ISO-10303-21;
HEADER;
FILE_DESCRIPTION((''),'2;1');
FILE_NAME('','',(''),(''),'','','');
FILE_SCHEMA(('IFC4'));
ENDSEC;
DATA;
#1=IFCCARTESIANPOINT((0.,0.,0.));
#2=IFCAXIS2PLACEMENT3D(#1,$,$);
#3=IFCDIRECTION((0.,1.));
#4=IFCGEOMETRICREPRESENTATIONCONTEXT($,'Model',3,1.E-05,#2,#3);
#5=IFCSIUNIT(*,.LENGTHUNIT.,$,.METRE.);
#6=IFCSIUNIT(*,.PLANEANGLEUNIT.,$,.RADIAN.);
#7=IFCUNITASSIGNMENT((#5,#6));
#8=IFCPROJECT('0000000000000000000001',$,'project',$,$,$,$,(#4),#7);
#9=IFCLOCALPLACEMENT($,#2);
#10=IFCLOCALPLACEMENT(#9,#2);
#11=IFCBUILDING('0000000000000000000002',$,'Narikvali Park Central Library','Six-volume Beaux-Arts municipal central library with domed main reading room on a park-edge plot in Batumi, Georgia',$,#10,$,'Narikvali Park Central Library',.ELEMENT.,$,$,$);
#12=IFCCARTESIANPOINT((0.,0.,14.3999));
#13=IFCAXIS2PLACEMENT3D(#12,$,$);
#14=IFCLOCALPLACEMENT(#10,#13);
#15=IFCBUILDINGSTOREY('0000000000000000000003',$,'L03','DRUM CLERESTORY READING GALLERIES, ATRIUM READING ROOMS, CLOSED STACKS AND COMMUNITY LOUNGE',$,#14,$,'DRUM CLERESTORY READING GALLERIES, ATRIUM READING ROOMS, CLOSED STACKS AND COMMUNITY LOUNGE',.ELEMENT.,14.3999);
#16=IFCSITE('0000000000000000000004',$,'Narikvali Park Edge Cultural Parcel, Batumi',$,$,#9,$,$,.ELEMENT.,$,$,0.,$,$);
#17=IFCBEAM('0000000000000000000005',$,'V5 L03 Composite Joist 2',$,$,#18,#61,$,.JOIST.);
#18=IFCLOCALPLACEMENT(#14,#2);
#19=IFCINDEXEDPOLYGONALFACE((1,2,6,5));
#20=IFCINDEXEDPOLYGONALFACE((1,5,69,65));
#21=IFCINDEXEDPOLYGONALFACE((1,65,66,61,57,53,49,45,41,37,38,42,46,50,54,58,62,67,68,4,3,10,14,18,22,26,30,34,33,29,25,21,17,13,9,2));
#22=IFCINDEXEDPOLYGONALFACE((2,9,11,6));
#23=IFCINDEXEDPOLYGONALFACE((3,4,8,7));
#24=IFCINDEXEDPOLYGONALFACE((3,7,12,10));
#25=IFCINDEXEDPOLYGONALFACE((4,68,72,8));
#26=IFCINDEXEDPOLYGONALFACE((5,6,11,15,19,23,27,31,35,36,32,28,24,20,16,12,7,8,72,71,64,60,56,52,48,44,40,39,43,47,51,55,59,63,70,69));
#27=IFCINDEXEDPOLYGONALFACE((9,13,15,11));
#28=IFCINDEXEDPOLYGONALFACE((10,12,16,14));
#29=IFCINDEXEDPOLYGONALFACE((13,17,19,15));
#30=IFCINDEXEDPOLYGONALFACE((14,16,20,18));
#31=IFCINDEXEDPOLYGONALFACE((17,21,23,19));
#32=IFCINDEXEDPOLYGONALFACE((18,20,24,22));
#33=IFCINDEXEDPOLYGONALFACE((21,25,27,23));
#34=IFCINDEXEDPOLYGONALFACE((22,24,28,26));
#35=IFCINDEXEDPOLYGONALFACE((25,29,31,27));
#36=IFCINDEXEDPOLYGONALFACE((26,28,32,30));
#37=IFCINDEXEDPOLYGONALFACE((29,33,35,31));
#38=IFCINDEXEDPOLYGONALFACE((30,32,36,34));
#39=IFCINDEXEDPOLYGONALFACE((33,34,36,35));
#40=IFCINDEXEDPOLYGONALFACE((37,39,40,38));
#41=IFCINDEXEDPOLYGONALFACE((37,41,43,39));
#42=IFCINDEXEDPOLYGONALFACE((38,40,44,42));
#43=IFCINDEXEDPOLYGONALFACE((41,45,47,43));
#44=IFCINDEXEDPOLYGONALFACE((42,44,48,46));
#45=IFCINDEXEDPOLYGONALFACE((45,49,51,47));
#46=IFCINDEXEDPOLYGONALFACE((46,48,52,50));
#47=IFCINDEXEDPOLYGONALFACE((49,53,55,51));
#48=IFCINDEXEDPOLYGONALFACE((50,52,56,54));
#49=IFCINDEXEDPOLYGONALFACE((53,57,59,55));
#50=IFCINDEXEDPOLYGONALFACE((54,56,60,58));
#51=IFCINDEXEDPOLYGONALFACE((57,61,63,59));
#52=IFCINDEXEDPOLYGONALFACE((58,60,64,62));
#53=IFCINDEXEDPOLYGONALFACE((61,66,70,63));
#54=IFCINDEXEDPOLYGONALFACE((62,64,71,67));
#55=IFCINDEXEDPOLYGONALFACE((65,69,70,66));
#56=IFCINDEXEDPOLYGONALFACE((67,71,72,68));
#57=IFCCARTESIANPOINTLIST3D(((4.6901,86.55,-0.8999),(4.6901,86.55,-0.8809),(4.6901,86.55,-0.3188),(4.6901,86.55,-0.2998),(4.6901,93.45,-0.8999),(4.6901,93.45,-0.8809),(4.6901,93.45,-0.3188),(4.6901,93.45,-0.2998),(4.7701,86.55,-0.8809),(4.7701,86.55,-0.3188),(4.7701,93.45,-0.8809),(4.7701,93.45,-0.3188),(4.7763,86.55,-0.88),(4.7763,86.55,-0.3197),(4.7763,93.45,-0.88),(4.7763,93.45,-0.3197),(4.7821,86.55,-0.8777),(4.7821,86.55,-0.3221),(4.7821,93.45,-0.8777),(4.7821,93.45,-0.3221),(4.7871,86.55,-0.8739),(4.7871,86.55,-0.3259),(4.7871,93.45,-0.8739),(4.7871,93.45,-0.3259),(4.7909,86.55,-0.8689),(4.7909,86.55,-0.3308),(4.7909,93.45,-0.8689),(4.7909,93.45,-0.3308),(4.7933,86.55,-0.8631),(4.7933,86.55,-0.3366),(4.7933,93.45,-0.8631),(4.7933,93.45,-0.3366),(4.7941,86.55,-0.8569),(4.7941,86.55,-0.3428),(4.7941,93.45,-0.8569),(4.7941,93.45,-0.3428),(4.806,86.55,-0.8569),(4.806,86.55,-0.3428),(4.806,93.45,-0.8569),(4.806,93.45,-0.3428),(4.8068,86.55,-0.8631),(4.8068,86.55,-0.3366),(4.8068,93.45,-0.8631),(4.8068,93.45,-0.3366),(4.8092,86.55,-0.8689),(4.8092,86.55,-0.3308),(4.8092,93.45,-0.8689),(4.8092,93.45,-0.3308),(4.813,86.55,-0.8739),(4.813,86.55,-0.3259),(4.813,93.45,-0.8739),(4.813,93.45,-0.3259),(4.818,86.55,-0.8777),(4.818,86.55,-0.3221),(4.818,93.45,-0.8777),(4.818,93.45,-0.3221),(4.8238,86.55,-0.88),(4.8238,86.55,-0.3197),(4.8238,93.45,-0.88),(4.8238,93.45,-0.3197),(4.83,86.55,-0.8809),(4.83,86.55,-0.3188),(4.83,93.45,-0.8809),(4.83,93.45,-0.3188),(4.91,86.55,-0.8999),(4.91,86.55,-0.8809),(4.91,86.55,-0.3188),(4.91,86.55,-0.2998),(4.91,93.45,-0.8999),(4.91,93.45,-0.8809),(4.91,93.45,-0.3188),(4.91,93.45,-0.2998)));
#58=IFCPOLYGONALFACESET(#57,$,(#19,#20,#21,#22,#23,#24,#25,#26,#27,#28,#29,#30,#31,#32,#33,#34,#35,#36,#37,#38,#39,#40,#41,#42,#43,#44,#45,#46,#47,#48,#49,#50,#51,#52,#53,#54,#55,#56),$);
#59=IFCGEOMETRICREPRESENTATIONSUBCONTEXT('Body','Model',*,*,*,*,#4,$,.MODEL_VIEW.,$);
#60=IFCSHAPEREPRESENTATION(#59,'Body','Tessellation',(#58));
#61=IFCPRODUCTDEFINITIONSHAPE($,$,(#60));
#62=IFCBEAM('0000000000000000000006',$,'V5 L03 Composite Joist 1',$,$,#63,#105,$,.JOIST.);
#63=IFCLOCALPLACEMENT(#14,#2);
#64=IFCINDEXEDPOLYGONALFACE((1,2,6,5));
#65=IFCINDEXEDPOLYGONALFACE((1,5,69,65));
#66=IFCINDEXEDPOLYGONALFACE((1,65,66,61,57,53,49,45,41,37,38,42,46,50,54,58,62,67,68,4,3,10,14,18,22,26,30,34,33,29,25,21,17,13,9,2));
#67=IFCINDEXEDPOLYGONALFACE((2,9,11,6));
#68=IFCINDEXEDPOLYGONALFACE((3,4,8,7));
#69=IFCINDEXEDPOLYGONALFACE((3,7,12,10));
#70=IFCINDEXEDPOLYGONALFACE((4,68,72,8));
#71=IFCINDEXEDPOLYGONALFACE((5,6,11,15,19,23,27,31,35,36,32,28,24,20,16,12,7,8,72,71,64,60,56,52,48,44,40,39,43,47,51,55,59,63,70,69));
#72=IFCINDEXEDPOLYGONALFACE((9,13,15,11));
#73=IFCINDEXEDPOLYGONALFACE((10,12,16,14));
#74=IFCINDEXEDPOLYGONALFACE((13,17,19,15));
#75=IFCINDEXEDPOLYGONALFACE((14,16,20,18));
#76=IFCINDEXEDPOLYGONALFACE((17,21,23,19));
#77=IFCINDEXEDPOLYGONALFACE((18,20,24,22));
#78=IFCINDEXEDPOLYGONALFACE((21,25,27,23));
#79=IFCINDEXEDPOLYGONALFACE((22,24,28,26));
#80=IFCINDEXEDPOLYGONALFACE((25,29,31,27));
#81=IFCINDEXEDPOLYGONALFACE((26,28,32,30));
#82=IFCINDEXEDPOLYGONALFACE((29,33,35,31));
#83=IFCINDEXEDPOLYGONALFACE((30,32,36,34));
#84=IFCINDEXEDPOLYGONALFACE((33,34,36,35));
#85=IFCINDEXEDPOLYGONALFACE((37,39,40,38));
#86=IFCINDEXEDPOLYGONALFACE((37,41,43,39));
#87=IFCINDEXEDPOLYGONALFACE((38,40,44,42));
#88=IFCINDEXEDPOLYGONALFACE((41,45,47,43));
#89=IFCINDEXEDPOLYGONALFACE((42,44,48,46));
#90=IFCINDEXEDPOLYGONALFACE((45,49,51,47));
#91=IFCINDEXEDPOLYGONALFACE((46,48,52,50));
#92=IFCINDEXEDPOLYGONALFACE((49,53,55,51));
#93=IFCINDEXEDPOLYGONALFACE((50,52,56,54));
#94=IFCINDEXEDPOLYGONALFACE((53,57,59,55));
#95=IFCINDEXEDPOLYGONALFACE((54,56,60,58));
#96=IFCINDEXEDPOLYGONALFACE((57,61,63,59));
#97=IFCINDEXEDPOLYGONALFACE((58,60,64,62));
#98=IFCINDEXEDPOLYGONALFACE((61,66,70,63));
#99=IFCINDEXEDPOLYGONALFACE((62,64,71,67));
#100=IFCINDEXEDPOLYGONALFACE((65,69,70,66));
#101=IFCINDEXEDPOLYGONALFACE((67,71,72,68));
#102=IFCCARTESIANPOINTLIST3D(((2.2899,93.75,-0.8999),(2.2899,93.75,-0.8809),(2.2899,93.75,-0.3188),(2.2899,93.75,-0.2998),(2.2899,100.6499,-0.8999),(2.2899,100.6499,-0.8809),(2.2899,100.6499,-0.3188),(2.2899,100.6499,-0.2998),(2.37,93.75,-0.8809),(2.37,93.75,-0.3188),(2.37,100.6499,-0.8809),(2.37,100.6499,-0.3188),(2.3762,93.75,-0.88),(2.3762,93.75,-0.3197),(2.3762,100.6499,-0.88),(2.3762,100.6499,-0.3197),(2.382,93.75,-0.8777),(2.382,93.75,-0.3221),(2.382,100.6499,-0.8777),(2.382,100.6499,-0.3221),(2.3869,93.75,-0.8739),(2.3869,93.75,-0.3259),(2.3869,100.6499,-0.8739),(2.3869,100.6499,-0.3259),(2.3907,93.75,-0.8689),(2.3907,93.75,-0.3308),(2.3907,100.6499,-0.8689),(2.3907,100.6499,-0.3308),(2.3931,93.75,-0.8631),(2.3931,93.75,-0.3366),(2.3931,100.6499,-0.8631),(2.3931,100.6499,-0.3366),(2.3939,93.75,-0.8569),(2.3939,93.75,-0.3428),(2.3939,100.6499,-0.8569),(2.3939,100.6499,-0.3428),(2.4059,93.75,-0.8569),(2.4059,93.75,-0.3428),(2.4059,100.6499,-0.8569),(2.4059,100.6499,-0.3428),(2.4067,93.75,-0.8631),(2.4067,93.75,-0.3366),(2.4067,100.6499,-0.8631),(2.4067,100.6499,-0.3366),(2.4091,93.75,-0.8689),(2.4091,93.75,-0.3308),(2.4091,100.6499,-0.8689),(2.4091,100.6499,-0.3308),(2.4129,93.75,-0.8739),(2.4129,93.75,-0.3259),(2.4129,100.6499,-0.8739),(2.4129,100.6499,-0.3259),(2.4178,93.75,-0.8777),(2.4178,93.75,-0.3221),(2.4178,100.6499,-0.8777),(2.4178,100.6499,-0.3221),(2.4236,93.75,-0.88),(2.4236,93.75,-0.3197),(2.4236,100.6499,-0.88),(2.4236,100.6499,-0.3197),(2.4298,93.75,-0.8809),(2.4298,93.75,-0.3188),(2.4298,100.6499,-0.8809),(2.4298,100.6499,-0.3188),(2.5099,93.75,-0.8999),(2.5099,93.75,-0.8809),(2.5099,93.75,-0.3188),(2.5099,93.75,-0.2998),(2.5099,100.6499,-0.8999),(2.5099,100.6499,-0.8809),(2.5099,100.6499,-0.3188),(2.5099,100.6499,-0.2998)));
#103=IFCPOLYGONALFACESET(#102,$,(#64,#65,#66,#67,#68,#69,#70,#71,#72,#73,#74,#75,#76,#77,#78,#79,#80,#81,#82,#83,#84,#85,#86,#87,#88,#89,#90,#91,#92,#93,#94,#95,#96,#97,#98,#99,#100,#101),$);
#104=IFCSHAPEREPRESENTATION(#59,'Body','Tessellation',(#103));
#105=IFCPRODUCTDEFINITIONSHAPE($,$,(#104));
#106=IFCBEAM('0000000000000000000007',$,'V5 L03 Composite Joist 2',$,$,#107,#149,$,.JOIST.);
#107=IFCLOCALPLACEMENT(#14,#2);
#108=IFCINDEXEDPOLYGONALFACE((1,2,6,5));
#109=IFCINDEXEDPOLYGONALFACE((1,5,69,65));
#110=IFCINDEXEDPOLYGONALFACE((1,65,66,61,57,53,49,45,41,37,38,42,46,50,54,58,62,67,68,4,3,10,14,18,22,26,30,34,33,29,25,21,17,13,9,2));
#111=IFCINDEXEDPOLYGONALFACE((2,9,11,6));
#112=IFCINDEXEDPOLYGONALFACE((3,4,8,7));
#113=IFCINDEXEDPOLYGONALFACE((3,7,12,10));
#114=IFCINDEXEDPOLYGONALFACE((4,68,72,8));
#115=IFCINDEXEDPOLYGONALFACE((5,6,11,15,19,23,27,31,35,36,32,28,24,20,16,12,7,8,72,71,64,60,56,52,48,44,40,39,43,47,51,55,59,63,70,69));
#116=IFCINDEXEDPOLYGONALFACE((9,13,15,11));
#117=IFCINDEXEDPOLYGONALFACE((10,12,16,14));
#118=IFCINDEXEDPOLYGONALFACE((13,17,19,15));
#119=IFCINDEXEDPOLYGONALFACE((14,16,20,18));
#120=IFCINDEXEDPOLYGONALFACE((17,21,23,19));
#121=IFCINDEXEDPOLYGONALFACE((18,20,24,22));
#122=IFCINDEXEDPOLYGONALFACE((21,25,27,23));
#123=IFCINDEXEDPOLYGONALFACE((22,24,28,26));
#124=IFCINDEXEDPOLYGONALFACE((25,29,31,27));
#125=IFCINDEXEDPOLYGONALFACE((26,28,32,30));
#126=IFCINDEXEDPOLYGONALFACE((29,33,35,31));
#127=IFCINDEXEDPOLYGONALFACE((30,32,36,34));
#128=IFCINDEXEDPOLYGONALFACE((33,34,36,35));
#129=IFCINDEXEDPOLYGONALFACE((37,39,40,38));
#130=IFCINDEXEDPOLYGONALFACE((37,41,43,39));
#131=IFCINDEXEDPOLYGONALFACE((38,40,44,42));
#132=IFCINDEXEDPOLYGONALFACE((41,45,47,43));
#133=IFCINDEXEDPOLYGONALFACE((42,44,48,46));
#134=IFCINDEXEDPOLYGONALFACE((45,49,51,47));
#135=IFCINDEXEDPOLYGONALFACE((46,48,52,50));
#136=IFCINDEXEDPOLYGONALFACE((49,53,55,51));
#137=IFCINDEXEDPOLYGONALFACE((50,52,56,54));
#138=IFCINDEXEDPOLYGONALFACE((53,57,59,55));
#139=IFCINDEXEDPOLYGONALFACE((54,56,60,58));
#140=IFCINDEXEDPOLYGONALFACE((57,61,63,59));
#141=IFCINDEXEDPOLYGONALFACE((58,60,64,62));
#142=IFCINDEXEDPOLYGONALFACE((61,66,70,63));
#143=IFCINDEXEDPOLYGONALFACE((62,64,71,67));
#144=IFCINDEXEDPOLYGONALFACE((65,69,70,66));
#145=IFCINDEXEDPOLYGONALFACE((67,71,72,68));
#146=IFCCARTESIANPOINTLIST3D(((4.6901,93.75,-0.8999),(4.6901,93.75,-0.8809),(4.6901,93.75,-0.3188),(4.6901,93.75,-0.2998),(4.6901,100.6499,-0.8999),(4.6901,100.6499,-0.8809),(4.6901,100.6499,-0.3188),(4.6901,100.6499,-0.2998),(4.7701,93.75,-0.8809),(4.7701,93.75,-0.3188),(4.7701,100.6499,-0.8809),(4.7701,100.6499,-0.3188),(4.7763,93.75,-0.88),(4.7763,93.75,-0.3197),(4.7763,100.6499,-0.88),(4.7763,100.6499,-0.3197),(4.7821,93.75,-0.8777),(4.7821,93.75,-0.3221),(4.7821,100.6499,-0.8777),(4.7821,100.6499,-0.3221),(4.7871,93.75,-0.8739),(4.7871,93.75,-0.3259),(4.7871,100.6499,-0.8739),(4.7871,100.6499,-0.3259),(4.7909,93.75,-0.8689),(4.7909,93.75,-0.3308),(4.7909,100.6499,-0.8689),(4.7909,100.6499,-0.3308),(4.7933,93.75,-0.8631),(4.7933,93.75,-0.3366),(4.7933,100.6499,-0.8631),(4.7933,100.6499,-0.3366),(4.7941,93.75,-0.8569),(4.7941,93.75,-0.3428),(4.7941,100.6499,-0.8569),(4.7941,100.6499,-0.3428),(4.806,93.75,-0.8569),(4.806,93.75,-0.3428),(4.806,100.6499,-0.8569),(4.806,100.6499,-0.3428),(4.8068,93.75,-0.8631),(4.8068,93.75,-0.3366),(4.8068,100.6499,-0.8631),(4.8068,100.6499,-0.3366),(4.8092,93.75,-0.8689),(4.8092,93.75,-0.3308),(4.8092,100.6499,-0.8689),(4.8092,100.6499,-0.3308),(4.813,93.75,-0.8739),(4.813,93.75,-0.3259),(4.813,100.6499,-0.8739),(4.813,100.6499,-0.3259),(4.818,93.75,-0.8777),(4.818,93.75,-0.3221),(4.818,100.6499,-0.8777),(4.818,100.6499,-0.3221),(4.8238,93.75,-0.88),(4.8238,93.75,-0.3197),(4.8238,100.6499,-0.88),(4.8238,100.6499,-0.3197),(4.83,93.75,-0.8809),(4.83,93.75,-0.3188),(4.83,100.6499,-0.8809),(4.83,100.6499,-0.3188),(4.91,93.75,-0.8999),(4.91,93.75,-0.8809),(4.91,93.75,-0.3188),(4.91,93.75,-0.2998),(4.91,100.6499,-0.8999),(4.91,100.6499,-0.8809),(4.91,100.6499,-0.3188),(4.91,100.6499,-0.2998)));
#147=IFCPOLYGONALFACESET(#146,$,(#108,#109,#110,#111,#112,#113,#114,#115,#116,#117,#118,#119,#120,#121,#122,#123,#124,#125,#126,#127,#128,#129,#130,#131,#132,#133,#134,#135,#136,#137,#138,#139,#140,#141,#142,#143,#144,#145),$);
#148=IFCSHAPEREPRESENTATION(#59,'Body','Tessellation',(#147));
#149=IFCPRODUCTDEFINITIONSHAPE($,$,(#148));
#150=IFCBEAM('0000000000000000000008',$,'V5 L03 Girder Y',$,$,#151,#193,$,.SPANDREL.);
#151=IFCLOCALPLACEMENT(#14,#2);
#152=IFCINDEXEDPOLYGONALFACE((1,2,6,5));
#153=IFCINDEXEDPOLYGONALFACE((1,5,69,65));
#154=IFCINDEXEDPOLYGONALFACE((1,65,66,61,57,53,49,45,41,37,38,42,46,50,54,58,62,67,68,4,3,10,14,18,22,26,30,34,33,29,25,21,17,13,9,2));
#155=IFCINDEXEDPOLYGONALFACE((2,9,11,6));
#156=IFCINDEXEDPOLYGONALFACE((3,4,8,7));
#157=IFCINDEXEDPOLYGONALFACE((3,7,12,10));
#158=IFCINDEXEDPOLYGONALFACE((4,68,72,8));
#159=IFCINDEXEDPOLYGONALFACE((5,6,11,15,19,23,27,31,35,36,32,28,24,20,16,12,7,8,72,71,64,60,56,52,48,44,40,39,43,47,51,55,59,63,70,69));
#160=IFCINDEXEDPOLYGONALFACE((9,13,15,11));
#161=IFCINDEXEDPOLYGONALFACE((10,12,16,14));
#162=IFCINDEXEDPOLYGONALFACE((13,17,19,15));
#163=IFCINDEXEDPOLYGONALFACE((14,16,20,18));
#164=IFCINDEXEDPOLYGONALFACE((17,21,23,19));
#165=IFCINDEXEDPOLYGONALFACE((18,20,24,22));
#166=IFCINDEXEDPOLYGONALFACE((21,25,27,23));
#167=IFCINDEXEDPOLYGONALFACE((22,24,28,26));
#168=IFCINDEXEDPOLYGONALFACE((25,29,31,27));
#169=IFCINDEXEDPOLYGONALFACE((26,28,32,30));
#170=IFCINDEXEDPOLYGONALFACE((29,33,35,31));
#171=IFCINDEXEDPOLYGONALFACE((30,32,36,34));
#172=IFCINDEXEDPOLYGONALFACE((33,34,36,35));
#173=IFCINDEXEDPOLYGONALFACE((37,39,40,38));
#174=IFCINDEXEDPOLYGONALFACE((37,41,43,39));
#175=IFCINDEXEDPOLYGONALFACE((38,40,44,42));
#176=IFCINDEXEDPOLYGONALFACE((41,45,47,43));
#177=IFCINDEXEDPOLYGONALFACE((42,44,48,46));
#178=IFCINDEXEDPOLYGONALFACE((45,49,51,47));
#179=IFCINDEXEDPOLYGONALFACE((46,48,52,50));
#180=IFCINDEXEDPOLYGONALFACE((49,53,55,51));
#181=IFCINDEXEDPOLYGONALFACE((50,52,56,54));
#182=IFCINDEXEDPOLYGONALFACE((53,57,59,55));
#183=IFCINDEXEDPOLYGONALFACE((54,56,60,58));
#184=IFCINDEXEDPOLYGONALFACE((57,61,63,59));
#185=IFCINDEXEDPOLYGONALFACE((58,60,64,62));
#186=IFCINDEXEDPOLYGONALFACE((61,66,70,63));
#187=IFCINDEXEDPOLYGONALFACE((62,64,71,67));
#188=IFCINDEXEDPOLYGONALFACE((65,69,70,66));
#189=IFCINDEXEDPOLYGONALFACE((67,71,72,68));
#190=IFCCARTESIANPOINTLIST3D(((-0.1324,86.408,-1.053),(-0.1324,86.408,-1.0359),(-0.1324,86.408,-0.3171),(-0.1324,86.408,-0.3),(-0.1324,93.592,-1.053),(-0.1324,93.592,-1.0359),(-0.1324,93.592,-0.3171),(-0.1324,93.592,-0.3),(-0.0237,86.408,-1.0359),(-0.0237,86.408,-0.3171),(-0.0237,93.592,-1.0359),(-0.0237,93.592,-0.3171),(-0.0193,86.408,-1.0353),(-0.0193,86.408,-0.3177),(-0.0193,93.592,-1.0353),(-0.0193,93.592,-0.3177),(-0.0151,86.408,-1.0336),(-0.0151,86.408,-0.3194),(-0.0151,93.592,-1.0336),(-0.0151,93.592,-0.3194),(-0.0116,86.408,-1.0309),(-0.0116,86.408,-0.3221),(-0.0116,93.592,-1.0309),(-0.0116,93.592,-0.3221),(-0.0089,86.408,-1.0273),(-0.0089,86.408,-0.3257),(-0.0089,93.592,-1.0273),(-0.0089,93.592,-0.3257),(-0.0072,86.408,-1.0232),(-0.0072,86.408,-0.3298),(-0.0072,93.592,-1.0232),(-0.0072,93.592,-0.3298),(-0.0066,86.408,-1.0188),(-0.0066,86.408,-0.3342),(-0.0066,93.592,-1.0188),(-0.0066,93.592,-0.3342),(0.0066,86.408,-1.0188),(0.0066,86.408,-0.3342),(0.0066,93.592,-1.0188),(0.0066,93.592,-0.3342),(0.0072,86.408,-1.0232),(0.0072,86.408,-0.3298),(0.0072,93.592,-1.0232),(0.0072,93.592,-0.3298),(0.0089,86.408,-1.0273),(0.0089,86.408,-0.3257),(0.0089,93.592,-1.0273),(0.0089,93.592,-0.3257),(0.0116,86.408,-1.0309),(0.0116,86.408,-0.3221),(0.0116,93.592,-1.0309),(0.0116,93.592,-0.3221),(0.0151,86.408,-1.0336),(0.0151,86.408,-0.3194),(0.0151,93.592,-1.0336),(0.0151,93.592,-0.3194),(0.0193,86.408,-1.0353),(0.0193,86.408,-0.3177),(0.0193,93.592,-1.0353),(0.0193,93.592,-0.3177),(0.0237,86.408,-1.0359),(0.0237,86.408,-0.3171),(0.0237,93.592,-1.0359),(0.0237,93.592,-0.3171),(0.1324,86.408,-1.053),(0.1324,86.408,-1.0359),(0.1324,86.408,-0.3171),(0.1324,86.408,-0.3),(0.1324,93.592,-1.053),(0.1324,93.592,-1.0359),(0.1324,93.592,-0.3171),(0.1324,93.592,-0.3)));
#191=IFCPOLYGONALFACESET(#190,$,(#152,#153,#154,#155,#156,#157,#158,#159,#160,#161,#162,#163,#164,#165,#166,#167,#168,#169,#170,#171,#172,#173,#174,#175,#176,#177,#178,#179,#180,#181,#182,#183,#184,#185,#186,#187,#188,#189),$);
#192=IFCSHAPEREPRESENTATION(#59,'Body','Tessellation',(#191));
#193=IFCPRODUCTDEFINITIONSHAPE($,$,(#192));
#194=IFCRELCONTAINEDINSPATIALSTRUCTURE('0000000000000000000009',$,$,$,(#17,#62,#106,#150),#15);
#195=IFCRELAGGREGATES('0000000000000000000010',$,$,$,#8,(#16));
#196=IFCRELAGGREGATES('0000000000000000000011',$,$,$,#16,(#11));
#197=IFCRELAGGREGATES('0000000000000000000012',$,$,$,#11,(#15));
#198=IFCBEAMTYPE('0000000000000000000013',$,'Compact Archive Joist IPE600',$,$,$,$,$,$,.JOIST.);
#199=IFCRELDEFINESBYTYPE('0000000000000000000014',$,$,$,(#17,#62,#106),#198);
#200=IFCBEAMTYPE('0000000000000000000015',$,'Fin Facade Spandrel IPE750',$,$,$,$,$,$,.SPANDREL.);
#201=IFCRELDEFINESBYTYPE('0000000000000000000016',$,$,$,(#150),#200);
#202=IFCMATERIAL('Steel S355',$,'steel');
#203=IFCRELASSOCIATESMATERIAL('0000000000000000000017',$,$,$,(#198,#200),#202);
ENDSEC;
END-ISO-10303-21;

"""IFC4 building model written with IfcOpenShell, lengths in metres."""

from ifc_helpers import new_model, si_unit, direction, frame, origin, origin_2d, place, context, subcontext, project, spatial, i_section, extrude, material, material_profile, profile_set, type_object, element, save


model = new_model("IFC4")

# Units and contexts
model_context = context("Model", 3, precision=1e-05, world=origin(), true_north=direction((0.0, 1.0)))
body_context = subcontext(model_context, "Body", "Model", "MODEL_VIEW")
ifc_project = project(units=[si_unit("LENGTHUNIT", "METRE"), si_unit("PLANEANGLEUNIT", "RADIAN")], contexts=[model_context])

# Site, building, storey
site_placement = place(None, origin())
site = spatial("IfcSite", under=ifc_project, at=site_placement, Name="Narikvali Park Edge Cultural Parcel, Batumi", CompositionType="ELEMENT", RefElevation=0.0)
building_placement = place(site_placement, origin())
building = spatial("IfcBuilding", under=site, at=building_placement, Name="Narikvali Park Central Library", Description="Six-volume Beaux-Arts municipal central library with domed main reading room on a park-edge plot in Batumi, Georgia", LongName="Narikvali Park Central Library", CompositionType="ELEMENT")
storey_placement = place(building_placement, frame((0.0, 0.0, 14.3999)))
storey = spatial("IfcBuildingStorey", under=building, at=storey_placement, Name="L03", Description="DRUM CLERESTORY READING GALLERIES, ATRIUM READING ROOMS, CLOSED STACKS AND COMMUNITY LOUNGE", LongName="DRUM CLERESTORY READING GALLERIES, ATRIUM READING ROOMS, CLOSED STACKS AND COMMUNITY LOUNGE", CompositionType="ELEMENT", Elevation=14.3999)

# Shared definitions
ifc_material_1 = material(Name="Steel S355", Category="steel")

# Beams
ifc_material_profile_1 = material_profile(ifc_material_1, i_section(OverallWidth=0.22, OverallDepth=0.6001, WebThickness=0.012, FlangeThickness=0.019, FilletRadius=0.0239, at=origin_2d()), Name="IPE 600")
ifc_profile_set_1 = profile_set([ifc_material_profile_1], Name="Steel S355")
beam_type_1 = type_object("IfcBeamType", Name="Compact Archive Joist IPE600", PredefinedType="JOIST", material=ifc_profile_set_1)
for number, where, z_axis, x_axis, name in (
    (1, (4.8, 86.55, -0.5999), (0.0, 1.0, 0.0), (-1.0, 0.0, 0.0), "V5 L03 Composite Joist 2"),
    (2, (2.3999, 93.75, -0.5999), (0.0, 1.0, 0.0), (-1.0, 0.0, 0.0), "V5 L03 Composite Joist 1"),
    (3, (4.8, 93.75, -0.5999), (0.0, 1.0, 0.0), (-1.0, 0.0, 0.0), "V5 L03 Composite Joist 2"),
):
    element("IfcBeam", number, at=place(storey_placement, frame(where, z_axis=z_axis, x_axis=x_axis)), inside=storey, type_object=beam_type_1, Name=name, PredefinedType="JOIST", context=body_context, shape_type="SweptSolid", body=[
        extrude(i_section(OverallWidth=0.22, OverallDepth=0.6001, WebThickness=0.012, FlangeThickness=0.019, FilletRadius=0.0239, at=origin_2d()), origin(), (0.0, 0.0, 1.0), 6.8999),
    ])
ifc_material_profile_2 = material_profile(ifc_material_1, i_section(OverallWidth=0.2649, OverallDepth=0.7529, WebThickness=0.0132, FlangeThickness=0.0171, FilletRadius=0.0171, at=origin_2d()), Name="IPE 750x147")
ifc_profile_set_2 = profile_set([ifc_material_profile_2], Name="Steel S355")
beam_type_2 = type_object("IfcBeamType", Name="Fin Facade Spandrel IPE750", PredefinedType="SPANDREL", material=ifc_profile_set_2)
for number, where, z_axis, x_axis, name in (
    (4, (0.0, 86.408, -0.6765), (0.0, 1.0, 0.0), (-1.0, 0.0, 0.0), "V5 L03 Girder Y"),
):
    element("IfcBeam", number, at=place(storey_placement, frame(where, z_axis=z_axis, x_axis=x_axis)), inside=storey, type_object=beam_type_2, Name=name, PredefinedType="SPANDREL", context=body_context, shape_type="SweptSolid", body=[
        extrude(i_section(OverallWidth=0.2649, OverallDepth=0.7529, WebThickness=0.0132, FlangeThickness=0.0171, FilletRadius=0.0171, at=origin_2d()), origin(), (0.0, 0.0, 1.0), 7.1841),
    ])

save(model, "model.ifc")
